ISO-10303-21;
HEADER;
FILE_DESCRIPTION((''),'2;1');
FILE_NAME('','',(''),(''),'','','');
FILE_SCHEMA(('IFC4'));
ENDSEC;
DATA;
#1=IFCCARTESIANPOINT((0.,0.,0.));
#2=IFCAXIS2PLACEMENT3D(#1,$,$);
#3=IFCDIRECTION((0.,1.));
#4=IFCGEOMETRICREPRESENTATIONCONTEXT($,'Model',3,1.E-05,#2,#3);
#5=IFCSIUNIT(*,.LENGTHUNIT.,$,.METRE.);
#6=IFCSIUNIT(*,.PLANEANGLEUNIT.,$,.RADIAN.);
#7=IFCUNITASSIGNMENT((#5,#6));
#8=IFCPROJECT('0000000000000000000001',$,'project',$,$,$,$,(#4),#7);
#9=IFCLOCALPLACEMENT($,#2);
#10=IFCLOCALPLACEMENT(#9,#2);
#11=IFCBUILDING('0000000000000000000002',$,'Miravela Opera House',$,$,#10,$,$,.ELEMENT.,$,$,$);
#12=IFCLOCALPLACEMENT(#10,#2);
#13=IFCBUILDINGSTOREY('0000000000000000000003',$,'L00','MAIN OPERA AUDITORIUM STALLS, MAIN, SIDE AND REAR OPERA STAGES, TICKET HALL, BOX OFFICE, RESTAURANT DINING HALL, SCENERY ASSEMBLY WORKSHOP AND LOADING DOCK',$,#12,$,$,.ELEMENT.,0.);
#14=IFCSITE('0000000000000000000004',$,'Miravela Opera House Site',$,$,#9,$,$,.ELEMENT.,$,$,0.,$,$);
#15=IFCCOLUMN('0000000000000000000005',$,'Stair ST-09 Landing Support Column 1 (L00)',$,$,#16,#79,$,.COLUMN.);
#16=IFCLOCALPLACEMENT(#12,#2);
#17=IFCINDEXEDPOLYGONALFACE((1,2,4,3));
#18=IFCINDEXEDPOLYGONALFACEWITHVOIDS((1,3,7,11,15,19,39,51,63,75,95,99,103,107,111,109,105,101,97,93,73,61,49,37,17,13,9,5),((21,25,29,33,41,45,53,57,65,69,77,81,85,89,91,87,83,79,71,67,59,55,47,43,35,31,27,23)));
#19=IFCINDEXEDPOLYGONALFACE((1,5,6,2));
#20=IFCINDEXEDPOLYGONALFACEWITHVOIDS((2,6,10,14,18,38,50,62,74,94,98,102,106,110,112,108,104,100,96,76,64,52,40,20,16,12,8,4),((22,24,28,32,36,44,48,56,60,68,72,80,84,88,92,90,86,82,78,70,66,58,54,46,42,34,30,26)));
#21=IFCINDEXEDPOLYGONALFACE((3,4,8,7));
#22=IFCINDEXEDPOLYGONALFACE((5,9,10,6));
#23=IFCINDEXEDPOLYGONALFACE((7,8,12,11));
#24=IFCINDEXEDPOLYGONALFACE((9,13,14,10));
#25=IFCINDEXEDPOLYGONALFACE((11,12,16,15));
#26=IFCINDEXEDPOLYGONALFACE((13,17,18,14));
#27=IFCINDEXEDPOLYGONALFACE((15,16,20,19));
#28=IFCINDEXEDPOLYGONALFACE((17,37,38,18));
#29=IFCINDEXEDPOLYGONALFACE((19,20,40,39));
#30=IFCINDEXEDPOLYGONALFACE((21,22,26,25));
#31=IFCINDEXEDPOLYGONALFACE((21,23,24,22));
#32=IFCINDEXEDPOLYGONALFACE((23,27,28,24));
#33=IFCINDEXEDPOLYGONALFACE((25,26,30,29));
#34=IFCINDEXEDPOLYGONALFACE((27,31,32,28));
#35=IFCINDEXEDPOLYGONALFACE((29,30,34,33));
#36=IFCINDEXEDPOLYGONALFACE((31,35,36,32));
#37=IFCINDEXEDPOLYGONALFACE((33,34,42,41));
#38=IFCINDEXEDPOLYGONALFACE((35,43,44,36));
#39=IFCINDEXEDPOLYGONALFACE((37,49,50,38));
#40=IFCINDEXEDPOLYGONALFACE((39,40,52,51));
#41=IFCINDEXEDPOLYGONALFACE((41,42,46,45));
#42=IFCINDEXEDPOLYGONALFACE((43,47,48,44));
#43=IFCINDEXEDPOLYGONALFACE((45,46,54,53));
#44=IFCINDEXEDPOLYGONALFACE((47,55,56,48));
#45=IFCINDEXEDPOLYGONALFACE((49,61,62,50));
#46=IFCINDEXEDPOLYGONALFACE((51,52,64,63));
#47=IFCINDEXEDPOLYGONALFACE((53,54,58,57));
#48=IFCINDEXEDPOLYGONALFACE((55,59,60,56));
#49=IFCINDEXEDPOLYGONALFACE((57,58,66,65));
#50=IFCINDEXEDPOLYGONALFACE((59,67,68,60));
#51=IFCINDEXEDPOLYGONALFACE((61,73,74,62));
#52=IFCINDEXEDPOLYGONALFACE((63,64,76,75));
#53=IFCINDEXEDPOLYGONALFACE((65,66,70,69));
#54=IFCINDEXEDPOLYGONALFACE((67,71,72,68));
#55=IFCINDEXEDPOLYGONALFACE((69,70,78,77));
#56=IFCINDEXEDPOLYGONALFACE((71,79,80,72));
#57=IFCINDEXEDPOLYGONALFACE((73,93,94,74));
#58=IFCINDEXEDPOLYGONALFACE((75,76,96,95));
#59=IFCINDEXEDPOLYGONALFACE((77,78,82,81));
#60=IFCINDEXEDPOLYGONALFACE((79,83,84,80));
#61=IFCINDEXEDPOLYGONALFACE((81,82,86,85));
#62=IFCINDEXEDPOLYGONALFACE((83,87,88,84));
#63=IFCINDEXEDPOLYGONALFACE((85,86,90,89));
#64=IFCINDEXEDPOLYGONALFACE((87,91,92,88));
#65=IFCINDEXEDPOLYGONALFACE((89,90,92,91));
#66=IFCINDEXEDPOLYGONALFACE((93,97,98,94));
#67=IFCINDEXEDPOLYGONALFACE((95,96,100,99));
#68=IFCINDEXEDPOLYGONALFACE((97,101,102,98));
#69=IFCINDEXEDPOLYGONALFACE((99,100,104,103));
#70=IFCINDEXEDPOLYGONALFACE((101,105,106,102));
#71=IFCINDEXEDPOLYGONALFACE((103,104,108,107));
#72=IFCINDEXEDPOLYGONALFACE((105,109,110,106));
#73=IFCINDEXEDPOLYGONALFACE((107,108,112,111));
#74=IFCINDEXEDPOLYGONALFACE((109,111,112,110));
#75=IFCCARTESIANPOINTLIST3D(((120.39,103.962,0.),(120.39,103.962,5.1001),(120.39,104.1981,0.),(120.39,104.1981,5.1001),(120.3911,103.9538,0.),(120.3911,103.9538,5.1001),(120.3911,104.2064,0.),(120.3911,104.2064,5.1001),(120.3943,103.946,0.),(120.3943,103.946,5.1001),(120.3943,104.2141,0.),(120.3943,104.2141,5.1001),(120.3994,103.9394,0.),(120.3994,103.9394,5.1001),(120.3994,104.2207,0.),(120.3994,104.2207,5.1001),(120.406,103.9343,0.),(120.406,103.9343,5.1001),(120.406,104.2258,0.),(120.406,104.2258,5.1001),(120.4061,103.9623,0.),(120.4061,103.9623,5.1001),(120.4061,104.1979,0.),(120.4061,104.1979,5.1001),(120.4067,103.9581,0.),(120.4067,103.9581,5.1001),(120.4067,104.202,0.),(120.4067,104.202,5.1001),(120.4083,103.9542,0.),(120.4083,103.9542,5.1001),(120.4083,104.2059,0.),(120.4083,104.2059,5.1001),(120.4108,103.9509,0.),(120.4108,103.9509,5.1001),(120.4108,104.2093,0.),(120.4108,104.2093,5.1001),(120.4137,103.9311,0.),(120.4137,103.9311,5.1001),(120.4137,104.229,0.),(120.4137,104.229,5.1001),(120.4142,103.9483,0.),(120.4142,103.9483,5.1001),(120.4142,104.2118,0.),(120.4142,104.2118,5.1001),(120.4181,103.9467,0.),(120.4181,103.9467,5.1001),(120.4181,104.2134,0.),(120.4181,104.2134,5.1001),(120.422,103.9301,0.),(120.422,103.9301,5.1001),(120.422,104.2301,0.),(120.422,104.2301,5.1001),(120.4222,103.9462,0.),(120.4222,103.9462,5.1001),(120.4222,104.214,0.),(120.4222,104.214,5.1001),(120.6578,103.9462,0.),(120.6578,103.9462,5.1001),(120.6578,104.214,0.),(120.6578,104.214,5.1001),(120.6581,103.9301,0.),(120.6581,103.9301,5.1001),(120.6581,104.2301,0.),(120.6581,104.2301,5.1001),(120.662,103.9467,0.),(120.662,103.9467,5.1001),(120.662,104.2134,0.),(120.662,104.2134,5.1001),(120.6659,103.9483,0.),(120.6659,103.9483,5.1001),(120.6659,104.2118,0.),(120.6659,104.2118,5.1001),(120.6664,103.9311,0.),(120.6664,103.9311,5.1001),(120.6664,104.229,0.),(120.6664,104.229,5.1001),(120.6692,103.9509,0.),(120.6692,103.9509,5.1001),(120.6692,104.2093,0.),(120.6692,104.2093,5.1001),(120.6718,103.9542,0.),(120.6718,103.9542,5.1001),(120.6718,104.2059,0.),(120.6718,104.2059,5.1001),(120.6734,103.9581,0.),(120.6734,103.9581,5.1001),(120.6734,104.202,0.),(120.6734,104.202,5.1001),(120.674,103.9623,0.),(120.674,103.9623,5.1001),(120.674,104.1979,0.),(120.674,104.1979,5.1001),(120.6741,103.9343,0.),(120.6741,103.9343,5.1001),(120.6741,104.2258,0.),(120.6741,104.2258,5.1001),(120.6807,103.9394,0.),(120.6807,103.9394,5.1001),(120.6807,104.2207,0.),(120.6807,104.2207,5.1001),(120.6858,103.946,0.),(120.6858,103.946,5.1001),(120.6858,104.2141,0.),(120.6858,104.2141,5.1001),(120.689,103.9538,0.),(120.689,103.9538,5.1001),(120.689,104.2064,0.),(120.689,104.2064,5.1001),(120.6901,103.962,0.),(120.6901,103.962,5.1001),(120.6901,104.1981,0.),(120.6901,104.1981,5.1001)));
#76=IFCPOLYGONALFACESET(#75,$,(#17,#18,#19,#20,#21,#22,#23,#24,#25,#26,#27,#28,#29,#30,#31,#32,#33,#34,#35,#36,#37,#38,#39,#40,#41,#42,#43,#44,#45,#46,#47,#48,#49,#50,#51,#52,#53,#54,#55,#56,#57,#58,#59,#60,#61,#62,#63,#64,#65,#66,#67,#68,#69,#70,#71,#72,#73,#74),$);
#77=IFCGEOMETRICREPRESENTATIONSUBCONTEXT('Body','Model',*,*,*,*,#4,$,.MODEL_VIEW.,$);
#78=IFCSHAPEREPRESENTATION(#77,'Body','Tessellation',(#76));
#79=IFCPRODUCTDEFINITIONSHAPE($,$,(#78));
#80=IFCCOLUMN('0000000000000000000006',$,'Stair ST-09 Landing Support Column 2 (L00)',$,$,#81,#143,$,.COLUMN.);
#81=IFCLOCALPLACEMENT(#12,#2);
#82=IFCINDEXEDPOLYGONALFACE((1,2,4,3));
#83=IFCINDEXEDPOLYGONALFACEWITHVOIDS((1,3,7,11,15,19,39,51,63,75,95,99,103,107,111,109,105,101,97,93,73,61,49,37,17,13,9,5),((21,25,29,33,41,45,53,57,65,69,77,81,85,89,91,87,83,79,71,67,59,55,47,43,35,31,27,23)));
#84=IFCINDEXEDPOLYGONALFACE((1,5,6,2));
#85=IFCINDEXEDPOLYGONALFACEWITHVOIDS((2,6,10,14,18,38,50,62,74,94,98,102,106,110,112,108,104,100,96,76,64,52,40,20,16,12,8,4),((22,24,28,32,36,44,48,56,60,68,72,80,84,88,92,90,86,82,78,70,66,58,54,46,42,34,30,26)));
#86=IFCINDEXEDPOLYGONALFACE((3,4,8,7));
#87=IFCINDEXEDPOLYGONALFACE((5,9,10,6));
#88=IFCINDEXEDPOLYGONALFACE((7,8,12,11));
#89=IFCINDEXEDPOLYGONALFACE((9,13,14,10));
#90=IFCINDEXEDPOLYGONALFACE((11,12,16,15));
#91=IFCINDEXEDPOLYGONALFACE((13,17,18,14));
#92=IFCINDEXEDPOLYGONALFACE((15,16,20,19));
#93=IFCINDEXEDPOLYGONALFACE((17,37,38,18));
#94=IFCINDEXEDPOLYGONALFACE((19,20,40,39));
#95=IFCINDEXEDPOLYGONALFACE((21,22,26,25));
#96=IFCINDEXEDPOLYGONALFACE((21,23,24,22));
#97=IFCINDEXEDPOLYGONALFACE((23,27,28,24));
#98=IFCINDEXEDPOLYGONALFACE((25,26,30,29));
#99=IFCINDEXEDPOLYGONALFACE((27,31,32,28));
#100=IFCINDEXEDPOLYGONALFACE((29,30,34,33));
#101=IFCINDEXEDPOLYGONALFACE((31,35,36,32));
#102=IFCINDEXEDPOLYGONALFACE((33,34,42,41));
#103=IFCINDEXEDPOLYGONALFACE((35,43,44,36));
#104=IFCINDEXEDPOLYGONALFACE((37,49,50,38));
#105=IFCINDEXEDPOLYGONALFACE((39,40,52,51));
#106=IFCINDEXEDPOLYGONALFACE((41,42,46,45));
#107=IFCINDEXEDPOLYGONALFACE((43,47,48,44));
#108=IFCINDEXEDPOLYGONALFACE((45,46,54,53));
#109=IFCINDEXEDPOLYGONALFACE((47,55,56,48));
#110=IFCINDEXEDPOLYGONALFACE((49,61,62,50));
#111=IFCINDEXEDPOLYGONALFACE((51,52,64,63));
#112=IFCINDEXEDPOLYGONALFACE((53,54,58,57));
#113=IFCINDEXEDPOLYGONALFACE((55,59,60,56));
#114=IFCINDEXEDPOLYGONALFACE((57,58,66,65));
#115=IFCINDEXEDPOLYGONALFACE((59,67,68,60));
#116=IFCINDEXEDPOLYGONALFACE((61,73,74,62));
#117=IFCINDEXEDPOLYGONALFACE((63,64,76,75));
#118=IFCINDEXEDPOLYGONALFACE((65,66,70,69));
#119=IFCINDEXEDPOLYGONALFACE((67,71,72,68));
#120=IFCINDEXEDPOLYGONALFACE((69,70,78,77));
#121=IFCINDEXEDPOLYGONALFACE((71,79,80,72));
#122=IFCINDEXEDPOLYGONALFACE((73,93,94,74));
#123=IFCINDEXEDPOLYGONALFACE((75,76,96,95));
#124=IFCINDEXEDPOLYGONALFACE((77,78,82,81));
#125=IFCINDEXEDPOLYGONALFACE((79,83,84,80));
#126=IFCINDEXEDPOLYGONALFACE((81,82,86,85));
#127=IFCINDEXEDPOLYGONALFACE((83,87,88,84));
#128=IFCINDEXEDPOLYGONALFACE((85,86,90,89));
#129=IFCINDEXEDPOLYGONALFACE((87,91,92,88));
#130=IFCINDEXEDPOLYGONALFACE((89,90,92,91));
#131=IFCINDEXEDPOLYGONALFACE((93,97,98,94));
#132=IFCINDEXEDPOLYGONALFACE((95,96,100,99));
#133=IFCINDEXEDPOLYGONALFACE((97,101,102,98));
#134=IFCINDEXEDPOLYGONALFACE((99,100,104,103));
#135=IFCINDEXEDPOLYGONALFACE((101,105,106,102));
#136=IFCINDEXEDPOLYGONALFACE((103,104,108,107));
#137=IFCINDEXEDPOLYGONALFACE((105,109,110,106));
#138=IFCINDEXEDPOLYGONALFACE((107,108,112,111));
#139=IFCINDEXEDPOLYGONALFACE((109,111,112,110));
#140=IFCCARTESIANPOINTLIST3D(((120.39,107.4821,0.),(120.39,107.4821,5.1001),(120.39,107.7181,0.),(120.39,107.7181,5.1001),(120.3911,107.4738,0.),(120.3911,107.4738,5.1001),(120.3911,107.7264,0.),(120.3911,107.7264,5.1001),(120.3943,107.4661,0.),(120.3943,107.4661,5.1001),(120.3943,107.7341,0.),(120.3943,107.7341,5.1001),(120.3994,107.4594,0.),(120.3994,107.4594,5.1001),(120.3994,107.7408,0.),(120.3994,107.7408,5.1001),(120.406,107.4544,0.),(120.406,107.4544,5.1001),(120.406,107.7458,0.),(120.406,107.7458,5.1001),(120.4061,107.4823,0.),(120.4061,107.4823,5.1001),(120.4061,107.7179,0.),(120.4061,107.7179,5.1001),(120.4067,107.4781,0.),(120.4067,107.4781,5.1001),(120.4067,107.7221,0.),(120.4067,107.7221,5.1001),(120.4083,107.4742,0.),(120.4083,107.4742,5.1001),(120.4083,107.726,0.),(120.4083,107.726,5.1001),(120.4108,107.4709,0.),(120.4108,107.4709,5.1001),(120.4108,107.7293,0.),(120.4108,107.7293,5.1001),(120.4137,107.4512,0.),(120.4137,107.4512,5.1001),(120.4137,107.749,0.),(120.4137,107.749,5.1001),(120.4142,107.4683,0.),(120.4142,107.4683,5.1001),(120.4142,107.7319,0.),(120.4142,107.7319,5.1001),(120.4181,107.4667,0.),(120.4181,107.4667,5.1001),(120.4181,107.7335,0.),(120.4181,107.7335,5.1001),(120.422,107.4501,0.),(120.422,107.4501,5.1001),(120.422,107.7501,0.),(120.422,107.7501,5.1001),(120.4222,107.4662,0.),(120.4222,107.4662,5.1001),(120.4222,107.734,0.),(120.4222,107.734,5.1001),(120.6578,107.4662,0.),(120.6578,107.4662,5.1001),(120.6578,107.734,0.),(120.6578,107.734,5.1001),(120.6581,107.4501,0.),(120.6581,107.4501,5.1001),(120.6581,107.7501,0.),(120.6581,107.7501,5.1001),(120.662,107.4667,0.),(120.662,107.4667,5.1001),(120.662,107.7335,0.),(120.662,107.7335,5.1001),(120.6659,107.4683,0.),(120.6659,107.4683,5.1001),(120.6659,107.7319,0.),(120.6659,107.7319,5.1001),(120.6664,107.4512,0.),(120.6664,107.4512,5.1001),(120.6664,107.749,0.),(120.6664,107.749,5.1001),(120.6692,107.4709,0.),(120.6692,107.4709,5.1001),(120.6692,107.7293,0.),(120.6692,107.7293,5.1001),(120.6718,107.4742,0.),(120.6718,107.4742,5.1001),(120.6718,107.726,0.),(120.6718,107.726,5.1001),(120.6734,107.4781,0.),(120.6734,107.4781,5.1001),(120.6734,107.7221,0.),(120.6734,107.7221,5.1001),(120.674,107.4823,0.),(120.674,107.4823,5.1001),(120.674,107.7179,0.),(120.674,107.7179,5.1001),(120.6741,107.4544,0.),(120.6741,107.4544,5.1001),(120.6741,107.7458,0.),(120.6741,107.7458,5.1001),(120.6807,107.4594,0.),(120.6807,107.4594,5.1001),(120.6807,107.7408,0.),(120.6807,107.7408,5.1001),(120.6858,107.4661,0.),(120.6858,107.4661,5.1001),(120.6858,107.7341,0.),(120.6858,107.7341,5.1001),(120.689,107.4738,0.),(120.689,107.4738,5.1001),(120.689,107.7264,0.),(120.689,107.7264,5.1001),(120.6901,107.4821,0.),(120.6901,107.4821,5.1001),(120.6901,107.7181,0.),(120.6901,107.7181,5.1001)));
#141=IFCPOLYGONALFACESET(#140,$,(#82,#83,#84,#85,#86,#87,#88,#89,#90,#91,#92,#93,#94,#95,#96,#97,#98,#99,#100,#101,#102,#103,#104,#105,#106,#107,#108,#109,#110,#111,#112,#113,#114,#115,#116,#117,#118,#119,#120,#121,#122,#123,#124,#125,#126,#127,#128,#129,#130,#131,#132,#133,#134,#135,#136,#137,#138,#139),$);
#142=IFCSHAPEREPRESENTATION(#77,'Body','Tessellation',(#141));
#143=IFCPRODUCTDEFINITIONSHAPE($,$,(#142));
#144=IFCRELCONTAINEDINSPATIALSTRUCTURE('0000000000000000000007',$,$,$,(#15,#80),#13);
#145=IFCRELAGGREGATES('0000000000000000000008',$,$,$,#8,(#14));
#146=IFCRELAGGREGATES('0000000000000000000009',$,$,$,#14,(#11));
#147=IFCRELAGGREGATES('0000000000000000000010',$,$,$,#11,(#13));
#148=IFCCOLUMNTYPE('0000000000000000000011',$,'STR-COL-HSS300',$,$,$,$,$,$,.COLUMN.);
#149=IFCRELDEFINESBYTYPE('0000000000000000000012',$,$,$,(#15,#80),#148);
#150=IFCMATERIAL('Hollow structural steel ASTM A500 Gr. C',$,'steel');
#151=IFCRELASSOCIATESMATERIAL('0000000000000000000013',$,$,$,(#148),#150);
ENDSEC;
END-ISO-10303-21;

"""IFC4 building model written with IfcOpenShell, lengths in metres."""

from ifc_helpers import new_model, si_unit, direction, frame, origin, origin_2d, place, context, subcontext, project, spatial, hollow_rectangle, extrude, material, material_profile, profile_set, type_object, element, save


model = new_model("IFC4")

# Units and contexts
model_context = context("Model", 3, precision=1e-05, world=origin(), true_north=direction((0.0, 1.0)))
body_context = subcontext(model_context, "Body", "Model", "MODEL_VIEW")
ifc_project = project(units=[si_unit("LENGTHUNIT", "METRE"), si_unit("PLANEANGLEUNIT", "RADIAN")], contexts=[model_context])

# Site, building, storey
site_placement = place(None, origin())
site = spatial("IfcSite", under=ifc_project, at=site_placement, Name="Miravela Opera House Site", CompositionType="ELEMENT", RefElevation=0.0)
building_placement = place(site_placement, origin())
building = spatial("IfcBuilding", under=site, at=building_placement, Name="Miravela Opera House", CompositionType="ELEMENT")
storey_placement = place(building_placement, origin())
storey = spatial("IfcBuildingStorey", under=building, at=storey_placement, Name="L00", Description="MAIN OPERA AUDITORIUM STALLS, MAIN, SIDE AND REAR OPERA STAGES, TICKET HALL, BOX OFFICE, RESTAURANT DINING HALL, SCENERY ASSEMBLY WORKSHOP AND LOADING DOCK", CompositionType="ELEMENT", Elevation=0.0)

# Columns
ifc_material_1 = material(Name="Hollow structural steel ASTM A500 Gr. C", Category="steel")
ifc_material_profile_1 = material_profile(ifc_material_1, hollow_rectangle(XDim=0.3, YDim=0.3, WallThickness=0.0161, InnerFilletRadius=0.0161, OuterFilletRadius=0.032, at=origin_2d()), Name="HSS300X300X16")
ifc_profile_set_1 = profile_set([ifc_material_profile_1])
column_type = type_object("IfcColumnType", Name="STR-COL-HSS300", PredefinedType="COLUMN", material=ifc_profile_set_1)
for number, where, z_axis, x_axis, name in (
    (1, (120.54, 104.0801, 0.0), (0.0, 0.0, 1.0), (1.0, 0.0, 0.0), "Stair ST-09 Landing Support Column 1 (L00)"),
    (2, (120.54, 107.6001, 0.0), (0.0, 0.0, 1.0), (1.0, 0.0, 0.0), "Stair ST-09 Landing Support Column 2 (L00)"),
):
    element("IfcColumn", number, at=place(storey_placement, frame(where, z_axis=z_axis, x_axis=x_axis)), inside=storey, type_object=column_type, Name=name, PredefinedType="COLUMN", context=body_context, shape_type="SweptSolid", body=[
        extrude(hollow_rectangle(XDim=0.3, YDim=0.3, WallThickness=0.0161, InnerFilletRadius=0.0161, OuterFilletRadius=0.032, at=origin_2d()), origin(), (0.0, 0.0, 1.0), 5.1001),
    ])

save(model, "model.ifc")
